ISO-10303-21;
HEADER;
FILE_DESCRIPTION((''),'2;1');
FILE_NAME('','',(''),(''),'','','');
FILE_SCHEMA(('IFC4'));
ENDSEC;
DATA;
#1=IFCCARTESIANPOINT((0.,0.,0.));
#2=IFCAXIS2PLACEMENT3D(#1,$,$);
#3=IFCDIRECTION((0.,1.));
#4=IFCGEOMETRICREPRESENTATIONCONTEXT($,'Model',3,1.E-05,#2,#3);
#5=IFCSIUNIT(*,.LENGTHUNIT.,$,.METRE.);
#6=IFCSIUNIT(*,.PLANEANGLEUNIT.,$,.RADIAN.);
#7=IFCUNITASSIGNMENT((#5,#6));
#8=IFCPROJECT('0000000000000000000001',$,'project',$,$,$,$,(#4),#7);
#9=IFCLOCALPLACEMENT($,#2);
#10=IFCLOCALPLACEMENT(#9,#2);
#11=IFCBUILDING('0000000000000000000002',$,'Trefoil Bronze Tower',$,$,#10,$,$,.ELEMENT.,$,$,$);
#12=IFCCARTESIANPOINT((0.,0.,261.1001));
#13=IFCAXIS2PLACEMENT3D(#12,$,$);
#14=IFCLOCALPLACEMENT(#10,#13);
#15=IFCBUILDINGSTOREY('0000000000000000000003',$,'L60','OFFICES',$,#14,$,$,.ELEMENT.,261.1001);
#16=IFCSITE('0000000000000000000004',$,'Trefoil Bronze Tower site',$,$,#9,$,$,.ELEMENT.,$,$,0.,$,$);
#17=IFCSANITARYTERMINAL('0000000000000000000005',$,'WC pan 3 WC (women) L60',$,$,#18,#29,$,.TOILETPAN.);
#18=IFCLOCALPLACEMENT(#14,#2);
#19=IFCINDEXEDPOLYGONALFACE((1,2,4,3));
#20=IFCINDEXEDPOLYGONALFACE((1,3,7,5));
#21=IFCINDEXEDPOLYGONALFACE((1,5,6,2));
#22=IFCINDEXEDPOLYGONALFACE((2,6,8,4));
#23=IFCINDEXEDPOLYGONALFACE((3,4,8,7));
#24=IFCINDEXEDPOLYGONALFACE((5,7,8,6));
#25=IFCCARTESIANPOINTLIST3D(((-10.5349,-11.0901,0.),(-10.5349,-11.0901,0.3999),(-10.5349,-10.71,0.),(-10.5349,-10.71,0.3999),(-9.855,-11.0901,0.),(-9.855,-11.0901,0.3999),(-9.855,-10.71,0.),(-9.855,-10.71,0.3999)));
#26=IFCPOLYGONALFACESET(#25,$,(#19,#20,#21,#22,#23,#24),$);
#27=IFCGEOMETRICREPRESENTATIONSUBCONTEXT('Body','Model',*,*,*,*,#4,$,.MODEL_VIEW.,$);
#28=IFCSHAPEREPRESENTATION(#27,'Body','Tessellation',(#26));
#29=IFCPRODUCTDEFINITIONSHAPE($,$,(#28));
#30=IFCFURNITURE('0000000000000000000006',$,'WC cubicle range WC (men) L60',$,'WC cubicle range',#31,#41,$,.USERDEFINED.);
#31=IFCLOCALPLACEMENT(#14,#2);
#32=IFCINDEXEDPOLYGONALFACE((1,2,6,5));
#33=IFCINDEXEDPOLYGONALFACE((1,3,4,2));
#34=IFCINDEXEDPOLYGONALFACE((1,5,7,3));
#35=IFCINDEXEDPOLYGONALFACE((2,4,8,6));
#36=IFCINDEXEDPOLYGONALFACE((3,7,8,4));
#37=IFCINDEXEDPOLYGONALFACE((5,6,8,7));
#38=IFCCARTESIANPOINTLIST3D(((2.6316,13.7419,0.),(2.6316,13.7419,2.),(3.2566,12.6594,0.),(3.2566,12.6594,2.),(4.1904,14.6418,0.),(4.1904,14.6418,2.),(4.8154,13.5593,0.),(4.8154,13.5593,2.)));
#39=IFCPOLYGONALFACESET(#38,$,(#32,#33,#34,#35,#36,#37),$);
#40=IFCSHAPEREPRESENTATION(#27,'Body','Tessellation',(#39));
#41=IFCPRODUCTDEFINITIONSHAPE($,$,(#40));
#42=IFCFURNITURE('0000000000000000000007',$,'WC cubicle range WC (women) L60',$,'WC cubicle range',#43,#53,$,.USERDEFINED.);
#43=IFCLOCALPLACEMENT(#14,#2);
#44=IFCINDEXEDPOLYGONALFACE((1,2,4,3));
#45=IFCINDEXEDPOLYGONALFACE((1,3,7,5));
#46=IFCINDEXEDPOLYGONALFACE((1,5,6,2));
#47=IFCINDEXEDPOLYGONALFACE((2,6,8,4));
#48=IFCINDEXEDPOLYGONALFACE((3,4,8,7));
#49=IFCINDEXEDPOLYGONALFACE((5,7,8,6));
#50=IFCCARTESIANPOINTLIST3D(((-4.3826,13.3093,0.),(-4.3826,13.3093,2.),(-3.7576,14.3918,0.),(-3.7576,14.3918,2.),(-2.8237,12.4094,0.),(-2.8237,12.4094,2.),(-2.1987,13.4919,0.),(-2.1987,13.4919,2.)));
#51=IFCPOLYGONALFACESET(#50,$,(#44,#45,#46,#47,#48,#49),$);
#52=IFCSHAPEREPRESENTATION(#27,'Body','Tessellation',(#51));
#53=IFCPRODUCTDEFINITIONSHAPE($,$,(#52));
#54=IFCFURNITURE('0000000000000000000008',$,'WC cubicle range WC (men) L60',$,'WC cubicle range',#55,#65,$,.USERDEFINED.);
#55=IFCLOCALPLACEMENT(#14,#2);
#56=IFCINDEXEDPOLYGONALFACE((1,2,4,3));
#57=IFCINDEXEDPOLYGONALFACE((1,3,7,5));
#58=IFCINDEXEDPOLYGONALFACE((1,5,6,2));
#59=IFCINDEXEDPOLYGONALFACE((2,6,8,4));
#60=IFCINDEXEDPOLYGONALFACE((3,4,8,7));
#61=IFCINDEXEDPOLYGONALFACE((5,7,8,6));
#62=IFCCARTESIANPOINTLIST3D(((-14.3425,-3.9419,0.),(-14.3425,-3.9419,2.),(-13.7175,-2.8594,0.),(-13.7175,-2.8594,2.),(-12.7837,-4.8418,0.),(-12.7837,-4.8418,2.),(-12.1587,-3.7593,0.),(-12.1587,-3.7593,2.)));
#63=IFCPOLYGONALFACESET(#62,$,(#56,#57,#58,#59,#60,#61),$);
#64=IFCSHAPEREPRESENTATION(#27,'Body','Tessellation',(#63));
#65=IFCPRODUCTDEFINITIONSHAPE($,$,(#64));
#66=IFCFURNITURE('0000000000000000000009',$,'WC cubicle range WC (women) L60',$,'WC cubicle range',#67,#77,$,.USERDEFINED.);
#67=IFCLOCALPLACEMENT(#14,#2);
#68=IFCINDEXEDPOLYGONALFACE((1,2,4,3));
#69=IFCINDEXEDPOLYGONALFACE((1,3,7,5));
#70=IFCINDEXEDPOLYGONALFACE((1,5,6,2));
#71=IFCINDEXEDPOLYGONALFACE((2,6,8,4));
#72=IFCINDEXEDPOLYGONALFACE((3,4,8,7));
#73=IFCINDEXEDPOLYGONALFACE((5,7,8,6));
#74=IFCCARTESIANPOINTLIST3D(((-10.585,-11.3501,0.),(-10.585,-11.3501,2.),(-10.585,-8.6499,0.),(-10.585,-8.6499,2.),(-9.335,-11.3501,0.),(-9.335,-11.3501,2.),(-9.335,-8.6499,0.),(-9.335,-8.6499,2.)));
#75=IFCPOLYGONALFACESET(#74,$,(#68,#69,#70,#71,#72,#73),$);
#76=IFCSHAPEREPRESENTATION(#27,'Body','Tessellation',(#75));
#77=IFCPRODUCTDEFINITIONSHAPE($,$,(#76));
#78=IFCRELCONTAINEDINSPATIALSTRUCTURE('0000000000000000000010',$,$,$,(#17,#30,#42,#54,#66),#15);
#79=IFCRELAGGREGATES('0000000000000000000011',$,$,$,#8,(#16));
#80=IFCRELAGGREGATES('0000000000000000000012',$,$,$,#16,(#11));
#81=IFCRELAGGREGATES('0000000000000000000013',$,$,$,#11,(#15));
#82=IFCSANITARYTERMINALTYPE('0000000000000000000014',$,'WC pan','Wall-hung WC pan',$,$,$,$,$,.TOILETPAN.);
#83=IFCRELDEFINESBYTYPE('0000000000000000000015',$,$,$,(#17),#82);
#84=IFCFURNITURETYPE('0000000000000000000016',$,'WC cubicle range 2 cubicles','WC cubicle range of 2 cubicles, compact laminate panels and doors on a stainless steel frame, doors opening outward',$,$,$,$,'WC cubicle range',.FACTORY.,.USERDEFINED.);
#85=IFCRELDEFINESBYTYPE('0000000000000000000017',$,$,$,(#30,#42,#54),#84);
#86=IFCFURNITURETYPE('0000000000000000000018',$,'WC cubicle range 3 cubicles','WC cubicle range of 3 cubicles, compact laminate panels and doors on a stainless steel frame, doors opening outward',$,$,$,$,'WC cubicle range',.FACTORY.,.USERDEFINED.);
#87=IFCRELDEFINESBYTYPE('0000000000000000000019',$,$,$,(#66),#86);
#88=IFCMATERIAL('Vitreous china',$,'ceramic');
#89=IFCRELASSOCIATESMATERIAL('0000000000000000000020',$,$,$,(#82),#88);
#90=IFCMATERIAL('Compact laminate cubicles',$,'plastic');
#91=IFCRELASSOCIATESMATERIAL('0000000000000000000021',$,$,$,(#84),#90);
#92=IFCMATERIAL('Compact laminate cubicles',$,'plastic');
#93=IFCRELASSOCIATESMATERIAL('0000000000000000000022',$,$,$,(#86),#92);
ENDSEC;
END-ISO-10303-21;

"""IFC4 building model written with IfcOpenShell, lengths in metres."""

from ifc_helpers import new_model, si_unit, direction, frame, origin, place, context, subcontext, project, spatial, polyline, outline, extrude, material, type_object, element, save


model = new_model("IFC4")

# Units and contexts
model_context = context("Model", 3, precision=1e-05, world=origin(), true_north=direction((0.0, 1.0)))
body_context = subcontext(model_context, "Body", "Model", "MODEL_VIEW")
ifc_project = project(units=[si_unit("LENGTHUNIT", "METRE"), si_unit("PLANEANGLEUNIT", "RADIAN")], contexts=[model_context])

# Site, building, storey
site_placement = place(None, origin())
site = spatial("IfcSite", under=ifc_project, at=site_placement, Name="Trefoil Bronze Tower site", CompositionType="ELEMENT", RefElevation=0.0)
building_placement = place(site_placement, origin())
building = spatial("IfcBuilding", under=site, at=building_placement, Name="Trefoil Bronze Tower", CompositionType="ELEMENT")
storey_placement = place(building_placement, frame((0.0, 0.0, 261.1001)))
storey = spatial("IfcBuildingStorey", under=building, at=storey_placement, Name="L60", Description="OFFICES", CompositionType="ELEMENT", Elevation=261.1001)

# Sanitary terminal
ifc_material_1 = material(Name="Vitreous china", Category="ceramic")
sanitary_terminal_type_1 = type_object("IfcSanitaryTerminalType", Name="WC pan", Description="Wall-hung WC pan", PredefinedType="TOILETPAN", material=ifc_material_1)
sanitary_terminal_1_placement = place(storey_placement, origin())
element("IfcSanitaryTerminal", 1, at=sanitary_terminal_1_placement, inside=storey, type_object=sanitary_terminal_type_1, Name="WC pan 3 WC (women) L60", PredefinedType="TOILETPAN", context=body_context, shape_type="SweptSolid", body=[
    extrude(outline(polyline([(-9.855, -10.71), (-10.5349, -10.71), (-10.5349, -11.0901), (-9.855, -11.0901), (-9.855, -10.71)])), origin(), (0.0, 0.0, 1.0), 0.3999),
])

# Furniture
ifc_material_2 = material(Name="Compact laminate cubicles", Category="plastic")
furniture_type_1 = type_object("IfcFurnitureType", Name="WC cubicle range 2 cubicles", Description="WC cubicle range of 2 cubicles, compact laminate panels and doors on a stainless steel frame, doors opening outward", ElementType="WC cubicle range", AssemblyPlace="FACTORY", PredefinedType="USERDEFINED", material=ifc_material_2)
furniture_1_placement = place(storey_placement, origin())
element("IfcFurniture", 2, at=furniture_1_placement, inside=storey, type_object=furniture_type_1, Name="WC cubicle range WC (men) L60", ObjectType="WC cubicle range", PredefinedType="USERDEFINED", context=body_context, shape_type="SweptSolid", body=[
    extrude(outline(polyline([(3.2566, 12.6594), (2.6316, 13.7419), (4.1904, 14.6418), (4.8154, 13.5593), (3.2566, 12.6594)])), origin(), (0.0, 0.0, 1.0), 2.0),
])
furniture_2_placement = place(storey_placement, origin())
element("IfcFurniture", 3, at=furniture_2_placement, inside=storey, type_object=furniture_type_1, Name="WC cubicle range WC (women) L60", ObjectType="WC cubicle range", PredefinedType="USERDEFINED", context=body_context, shape_type="SweptSolid", body=[
    extrude(outline(polyline([(-2.8237, 12.4094), (-2.1987, 13.4919), (-3.7576, 14.3918), (-4.3826, 13.3093), (-2.8237, 12.4094)])), origin(), (0.0, 0.0, 1.0), 2.0),
])
furniture_3_placement = place(storey_placement, origin())
element("IfcFurniture", 4, at=furniture_3_placement, inside=storey, type_object=furniture_type_1, Name="WC cubicle range WC (men) L60", ObjectType="WC cubicle range", PredefinedType="USERDEFINED", context=body_context, shape_type="SweptSolid", body=[
    extrude(outline(polyline([(-12.1587, -3.7593), (-12.7837, -4.8418), (-14.3425, -3.9419), (-13.7175, -2.8594), (-12.1587, -3.7593)])), origin(), (0.0, 0.0, 1.0), 2.0),
])
ifc_material_3 = material(Name="Compact laminate cubicles", Category="plastic")
furniture_type_2 = type_object("IfcFurnitureType", Name="WC cubicle range 3 cubicles", Description="WC cubicle range of 3 cubicles, compact laminate panels and doors on a stainless steel frame, doors opening outward", ElementType="WC cubicle range", AssemblyPlace="FACTORY", PredefinedType="USERDEFINED", material=ifc_material_3)
furniture_4_placement = place(storey_placement, origin())
element("IfcFurniture", 5, at=furniture_4_placement, inside=storey, type_object=furniture_type_2, Name="WC cubicle range WC (women) L60", ObjectType="WC cubicle range", PredefinedType="USERDEFINED", context=body_context, shape_type="SweptSolid", body=[
    extrude(outline(polyline([(-9.335, -8.6499), (-10.585, -8.6499), (-10.585, -11.3501), (-9.335, -11.3501), (-9.335, -8.6499)])), origin(), (0.0, 0.0, 1.0), 2.0),
])

save(model, "model.ifc")
